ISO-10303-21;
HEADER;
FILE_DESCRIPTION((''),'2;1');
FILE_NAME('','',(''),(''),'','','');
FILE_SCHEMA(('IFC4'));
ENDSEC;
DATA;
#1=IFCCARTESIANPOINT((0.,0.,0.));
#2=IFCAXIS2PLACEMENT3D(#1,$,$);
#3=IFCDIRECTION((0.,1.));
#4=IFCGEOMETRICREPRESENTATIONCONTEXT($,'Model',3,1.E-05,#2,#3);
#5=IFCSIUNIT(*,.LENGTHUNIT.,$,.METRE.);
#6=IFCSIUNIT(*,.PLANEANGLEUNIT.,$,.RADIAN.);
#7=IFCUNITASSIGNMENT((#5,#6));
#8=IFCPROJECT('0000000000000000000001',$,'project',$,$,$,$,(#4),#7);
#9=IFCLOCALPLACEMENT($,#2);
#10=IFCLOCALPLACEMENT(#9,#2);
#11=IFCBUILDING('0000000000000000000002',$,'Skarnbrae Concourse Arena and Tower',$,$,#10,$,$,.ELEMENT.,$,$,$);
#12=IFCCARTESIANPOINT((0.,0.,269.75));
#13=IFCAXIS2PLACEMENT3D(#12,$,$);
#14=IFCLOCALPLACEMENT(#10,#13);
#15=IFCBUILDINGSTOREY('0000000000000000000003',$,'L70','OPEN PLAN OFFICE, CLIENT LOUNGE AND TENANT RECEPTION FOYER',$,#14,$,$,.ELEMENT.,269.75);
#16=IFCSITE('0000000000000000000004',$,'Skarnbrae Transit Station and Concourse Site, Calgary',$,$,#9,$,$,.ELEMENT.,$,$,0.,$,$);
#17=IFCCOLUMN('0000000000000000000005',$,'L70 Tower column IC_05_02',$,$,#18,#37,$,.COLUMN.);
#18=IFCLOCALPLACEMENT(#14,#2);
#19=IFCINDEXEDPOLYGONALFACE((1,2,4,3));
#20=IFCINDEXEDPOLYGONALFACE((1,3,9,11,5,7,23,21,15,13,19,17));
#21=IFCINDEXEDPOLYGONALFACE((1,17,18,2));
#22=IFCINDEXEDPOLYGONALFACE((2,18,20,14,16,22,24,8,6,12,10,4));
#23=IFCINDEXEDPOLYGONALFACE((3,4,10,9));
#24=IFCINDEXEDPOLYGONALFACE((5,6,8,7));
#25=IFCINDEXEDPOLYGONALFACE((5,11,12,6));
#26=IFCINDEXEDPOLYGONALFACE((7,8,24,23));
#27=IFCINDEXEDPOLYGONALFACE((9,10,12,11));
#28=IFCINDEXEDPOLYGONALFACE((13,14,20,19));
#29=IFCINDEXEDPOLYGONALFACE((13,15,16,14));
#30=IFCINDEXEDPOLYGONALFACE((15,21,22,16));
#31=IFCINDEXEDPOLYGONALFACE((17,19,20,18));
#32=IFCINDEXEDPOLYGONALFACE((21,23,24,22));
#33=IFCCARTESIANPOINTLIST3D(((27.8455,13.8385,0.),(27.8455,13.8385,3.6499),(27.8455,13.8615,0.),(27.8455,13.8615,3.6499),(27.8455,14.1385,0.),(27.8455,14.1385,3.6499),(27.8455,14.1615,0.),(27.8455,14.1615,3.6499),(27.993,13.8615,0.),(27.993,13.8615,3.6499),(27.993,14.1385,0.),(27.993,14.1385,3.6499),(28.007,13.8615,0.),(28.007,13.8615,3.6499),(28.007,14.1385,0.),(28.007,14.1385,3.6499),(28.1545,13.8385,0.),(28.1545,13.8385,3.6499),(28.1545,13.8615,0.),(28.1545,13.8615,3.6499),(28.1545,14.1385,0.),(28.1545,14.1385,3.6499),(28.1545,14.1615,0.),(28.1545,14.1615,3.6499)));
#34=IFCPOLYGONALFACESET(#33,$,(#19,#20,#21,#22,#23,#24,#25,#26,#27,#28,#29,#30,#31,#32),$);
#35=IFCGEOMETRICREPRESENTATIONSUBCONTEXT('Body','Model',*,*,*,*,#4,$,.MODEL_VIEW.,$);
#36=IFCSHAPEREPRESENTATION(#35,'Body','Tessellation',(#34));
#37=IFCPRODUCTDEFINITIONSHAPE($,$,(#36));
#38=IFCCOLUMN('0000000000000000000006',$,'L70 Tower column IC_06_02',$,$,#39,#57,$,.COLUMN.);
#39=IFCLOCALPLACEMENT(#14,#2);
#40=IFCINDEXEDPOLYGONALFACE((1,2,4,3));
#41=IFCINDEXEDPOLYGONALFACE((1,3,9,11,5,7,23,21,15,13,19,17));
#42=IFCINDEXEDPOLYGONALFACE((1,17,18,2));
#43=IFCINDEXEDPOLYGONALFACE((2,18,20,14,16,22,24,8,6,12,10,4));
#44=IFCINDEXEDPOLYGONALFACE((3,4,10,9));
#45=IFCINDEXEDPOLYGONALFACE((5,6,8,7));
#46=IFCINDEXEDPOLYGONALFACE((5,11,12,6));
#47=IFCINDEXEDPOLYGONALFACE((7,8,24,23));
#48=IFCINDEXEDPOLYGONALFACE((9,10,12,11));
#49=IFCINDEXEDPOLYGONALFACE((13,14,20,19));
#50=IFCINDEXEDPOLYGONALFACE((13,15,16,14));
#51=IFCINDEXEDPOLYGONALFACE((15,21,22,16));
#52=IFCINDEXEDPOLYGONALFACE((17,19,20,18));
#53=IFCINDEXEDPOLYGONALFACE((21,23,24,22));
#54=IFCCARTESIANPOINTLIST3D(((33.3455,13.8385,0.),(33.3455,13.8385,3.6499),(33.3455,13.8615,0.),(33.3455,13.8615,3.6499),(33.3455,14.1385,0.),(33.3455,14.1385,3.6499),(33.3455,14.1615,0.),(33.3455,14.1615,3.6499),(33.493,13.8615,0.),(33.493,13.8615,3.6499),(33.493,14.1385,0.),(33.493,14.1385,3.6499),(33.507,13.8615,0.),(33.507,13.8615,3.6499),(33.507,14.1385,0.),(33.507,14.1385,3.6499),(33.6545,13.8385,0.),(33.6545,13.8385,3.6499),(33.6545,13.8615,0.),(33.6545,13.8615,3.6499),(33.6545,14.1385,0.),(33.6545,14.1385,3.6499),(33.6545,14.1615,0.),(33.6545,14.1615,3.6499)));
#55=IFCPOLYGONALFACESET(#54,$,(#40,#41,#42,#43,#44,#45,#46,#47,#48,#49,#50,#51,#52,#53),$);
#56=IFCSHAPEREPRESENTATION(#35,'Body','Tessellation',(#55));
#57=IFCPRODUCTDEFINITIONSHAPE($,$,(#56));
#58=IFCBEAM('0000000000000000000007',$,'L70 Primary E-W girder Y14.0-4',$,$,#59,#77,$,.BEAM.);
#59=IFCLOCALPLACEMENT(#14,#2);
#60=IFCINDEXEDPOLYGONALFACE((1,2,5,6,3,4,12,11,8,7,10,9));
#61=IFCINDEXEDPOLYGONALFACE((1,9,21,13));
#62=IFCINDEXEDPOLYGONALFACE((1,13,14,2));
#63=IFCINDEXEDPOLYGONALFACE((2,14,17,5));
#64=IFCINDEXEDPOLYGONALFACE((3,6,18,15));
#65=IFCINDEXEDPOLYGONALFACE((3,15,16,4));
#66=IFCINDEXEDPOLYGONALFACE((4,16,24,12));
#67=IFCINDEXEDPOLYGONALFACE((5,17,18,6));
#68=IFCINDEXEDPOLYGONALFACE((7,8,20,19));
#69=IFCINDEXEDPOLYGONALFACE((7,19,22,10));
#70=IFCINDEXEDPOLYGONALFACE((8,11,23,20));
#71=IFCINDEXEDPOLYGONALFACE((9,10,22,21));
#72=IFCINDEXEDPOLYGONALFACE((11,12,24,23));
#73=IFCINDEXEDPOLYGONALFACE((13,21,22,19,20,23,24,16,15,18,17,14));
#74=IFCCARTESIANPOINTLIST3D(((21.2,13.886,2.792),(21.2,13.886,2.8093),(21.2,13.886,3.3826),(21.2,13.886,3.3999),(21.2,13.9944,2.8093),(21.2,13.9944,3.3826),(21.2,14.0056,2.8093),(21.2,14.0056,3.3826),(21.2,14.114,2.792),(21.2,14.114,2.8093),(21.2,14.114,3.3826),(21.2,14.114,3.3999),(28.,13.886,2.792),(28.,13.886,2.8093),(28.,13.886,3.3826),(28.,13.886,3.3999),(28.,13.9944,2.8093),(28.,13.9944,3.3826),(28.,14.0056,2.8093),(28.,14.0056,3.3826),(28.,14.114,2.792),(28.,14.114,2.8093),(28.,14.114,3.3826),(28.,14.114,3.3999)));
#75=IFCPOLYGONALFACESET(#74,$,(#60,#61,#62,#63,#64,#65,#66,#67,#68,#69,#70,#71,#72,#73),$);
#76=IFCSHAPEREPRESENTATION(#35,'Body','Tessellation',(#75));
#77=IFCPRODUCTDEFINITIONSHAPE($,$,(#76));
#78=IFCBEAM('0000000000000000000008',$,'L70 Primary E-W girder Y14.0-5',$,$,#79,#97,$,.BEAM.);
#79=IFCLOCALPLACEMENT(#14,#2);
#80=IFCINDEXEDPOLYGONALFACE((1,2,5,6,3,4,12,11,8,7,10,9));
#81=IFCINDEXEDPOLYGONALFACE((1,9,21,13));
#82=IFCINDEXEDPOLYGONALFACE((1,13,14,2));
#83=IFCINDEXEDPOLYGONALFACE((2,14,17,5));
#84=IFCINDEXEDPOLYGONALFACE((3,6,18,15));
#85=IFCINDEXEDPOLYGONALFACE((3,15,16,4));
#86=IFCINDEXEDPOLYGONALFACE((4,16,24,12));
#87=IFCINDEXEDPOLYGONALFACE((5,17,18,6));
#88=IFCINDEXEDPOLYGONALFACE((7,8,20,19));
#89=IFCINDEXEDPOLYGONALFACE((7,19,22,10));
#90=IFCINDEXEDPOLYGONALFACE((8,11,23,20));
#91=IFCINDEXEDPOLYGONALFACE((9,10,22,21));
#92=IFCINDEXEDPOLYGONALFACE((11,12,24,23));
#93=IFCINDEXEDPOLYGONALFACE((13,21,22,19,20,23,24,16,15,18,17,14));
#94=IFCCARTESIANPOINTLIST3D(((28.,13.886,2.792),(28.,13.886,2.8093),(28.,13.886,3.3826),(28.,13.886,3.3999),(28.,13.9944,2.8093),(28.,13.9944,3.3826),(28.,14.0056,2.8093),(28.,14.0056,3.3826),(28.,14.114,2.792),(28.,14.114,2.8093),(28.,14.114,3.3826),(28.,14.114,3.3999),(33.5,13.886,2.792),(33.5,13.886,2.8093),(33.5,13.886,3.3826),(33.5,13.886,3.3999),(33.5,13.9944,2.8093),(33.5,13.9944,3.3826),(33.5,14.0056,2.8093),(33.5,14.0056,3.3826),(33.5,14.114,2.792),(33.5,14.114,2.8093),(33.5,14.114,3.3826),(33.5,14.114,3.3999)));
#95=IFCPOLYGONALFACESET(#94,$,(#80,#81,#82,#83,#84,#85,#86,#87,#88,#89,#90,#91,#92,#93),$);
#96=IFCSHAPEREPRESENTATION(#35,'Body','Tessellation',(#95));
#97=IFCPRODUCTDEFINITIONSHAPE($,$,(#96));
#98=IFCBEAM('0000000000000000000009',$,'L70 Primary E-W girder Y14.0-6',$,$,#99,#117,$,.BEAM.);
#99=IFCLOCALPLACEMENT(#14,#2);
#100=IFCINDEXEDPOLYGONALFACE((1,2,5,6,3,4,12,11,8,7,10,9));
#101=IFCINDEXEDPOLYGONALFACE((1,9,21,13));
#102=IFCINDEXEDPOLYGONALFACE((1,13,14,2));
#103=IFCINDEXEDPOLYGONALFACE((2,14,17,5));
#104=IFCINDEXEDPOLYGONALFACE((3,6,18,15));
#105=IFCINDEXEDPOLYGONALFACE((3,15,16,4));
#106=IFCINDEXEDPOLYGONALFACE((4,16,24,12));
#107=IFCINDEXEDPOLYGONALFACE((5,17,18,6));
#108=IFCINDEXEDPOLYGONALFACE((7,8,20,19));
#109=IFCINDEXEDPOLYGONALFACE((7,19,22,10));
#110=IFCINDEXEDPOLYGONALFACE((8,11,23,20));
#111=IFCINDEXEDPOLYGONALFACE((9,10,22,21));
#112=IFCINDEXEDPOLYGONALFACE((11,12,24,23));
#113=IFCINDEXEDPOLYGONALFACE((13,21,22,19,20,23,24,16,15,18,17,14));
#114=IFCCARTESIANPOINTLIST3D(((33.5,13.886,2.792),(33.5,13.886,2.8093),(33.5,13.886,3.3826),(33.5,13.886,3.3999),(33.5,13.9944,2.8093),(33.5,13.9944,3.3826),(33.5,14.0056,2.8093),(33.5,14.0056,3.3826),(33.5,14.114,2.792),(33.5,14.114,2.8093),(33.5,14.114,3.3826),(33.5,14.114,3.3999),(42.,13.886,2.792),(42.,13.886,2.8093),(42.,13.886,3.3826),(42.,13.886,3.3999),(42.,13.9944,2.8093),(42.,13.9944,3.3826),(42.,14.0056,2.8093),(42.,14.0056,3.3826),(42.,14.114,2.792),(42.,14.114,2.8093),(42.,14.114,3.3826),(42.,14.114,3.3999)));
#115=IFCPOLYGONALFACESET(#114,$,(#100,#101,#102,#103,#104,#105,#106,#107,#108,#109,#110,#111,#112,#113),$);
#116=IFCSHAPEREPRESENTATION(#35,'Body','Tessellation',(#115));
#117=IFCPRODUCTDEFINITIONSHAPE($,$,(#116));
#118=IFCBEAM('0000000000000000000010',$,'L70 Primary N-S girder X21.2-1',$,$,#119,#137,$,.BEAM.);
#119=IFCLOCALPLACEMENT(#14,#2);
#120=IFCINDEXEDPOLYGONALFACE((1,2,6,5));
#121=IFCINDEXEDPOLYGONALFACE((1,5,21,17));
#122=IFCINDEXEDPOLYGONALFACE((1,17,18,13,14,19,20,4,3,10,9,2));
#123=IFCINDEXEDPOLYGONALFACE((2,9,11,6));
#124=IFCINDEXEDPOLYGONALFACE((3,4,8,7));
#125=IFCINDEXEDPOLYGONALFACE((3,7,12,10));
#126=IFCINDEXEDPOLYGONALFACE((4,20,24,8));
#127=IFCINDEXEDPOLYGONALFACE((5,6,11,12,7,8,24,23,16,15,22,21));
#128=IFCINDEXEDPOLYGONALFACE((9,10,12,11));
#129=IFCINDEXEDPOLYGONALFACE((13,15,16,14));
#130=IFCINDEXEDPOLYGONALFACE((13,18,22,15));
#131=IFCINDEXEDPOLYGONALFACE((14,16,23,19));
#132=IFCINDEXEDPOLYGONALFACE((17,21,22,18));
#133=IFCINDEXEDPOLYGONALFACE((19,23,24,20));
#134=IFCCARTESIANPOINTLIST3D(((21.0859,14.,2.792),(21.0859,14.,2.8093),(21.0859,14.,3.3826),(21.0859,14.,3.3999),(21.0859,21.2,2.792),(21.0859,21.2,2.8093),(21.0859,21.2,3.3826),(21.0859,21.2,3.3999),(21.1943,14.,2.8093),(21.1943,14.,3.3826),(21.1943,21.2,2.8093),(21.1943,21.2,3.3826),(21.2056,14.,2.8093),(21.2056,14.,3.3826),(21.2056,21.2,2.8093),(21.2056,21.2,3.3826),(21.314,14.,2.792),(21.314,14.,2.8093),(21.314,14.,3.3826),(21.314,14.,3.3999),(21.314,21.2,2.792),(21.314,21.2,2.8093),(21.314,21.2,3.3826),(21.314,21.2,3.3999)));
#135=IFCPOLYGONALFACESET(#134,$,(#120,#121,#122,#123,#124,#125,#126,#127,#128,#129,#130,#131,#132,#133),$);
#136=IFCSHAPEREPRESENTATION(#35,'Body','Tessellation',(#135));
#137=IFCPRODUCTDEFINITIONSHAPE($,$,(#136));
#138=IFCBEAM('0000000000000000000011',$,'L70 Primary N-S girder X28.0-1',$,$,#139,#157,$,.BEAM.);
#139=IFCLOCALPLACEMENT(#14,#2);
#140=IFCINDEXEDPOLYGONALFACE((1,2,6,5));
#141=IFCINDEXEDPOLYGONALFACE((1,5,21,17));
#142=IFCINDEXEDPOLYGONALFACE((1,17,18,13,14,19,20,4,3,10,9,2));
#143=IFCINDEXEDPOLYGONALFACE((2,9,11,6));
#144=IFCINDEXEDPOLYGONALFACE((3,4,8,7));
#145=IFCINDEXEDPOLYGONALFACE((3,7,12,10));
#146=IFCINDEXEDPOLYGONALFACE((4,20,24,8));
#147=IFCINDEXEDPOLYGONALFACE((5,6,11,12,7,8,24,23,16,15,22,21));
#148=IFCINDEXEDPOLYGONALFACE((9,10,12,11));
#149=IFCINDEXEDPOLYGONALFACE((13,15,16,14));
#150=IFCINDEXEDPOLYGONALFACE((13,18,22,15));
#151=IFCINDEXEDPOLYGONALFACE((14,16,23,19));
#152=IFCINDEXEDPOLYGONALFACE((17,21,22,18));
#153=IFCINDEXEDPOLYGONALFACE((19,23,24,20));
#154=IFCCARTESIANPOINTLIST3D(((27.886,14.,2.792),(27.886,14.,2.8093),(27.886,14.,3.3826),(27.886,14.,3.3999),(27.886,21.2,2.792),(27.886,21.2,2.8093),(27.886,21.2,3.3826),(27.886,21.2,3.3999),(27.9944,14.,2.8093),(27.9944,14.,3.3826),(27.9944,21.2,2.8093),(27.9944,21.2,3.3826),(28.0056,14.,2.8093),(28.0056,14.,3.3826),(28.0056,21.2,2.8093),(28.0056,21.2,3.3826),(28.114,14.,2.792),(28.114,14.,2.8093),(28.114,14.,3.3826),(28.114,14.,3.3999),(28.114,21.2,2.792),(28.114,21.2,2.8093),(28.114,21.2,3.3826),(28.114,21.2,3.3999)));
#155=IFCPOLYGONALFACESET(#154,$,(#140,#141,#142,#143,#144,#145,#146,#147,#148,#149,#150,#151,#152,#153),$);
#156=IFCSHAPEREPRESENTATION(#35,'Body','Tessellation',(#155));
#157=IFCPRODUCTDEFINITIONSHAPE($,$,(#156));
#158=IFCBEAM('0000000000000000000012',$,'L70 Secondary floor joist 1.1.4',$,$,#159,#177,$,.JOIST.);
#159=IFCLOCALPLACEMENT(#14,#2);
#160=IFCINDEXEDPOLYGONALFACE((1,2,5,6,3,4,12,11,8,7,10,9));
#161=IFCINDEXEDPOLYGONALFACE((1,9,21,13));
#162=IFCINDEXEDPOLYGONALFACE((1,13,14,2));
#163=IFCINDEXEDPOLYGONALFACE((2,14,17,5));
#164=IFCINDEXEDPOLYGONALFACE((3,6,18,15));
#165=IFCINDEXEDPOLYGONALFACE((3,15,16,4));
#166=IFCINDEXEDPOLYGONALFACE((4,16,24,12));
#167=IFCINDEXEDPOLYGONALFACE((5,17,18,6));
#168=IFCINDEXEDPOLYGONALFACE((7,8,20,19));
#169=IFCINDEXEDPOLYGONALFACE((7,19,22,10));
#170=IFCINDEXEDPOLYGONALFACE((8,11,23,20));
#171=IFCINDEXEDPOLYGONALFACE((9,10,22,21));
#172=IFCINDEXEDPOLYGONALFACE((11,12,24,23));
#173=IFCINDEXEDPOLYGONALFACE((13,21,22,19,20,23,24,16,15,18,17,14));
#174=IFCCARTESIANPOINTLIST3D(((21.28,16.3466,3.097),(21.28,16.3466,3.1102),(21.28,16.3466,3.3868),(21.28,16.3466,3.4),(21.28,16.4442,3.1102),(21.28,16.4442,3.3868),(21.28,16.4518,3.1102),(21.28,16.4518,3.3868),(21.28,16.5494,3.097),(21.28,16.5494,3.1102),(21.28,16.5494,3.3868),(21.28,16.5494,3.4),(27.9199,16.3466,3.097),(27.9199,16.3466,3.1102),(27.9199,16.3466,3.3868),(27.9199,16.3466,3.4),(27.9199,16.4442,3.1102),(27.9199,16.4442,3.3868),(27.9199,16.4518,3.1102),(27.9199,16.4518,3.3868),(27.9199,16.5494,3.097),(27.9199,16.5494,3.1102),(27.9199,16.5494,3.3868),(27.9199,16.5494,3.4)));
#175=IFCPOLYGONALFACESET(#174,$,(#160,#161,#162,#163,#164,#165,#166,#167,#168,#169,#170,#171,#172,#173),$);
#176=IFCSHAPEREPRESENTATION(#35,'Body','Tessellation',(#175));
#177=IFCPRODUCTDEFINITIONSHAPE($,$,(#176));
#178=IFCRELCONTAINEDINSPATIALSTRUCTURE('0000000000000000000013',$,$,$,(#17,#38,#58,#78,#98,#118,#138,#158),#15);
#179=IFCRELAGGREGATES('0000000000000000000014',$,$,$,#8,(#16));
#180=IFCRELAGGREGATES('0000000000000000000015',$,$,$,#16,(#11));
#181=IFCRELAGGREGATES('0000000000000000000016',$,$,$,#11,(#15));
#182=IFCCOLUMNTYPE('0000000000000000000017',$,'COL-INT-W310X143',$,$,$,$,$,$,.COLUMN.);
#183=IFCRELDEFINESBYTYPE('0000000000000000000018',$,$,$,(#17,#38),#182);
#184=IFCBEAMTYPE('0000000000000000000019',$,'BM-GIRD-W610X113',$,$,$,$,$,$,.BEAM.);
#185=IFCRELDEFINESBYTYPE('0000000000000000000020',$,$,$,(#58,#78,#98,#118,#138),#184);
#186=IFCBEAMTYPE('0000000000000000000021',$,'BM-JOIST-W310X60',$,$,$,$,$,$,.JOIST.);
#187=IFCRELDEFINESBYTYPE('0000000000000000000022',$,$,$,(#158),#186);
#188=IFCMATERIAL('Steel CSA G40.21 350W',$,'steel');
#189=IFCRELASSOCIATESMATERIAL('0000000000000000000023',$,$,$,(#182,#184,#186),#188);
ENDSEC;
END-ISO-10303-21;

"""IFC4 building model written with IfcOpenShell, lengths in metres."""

from ifc_helpers import new_model, si_unit, direction, frame, origin, origin_2d, place, context, subcontext, project, spatial, i_section, extrude, source, transform, mapped, material, material_profile, profile_set, type_object, element, save


model = new_model("IFC4")

# Units and contexts
model_context = context("Model", 3, precision=1e-05, world=origin(), true_north=direction((0.0, 1.0)))
body_context = subcontext(model_context, "Body", "Model", "MODEL_VIEW")
ifc_project = project(units=[si_unit("LENGTHUNIT", "METRE"), si_unit("PLANEANGLEUNIT", "RADIAN")], contexts=[model_context])

# Site, building, storey
site_placement = place(None, origin())
site = spatial("IfcSite", under=ifc_project, at=site_placement, Name="Skarnbrae Transit Station and Concourse Site, Calgary", CompositionType="ELEMENT", RefElevation=0.0)
building_placement = place(site_placement, origin())
building = spatial("IfcBuilding", under=site, at=building_placement, Name="Skarnbrae Concourse Arena and Tower", CompositionType="ELEMENT")
storey_placement = place(building_placement, frame((0.0, 0.0, 269.75)))
storey = spatial("IfcBuildingStorey", under=building, at=storey_placement, Name="L70", Description="OPEN PLAN OFFICE, CLIENT LOUNGE AND TENANT RECEPTION FOYER", CompositionType="ELEMENT", Elevation=269.75)

# Columns
ifc_material_1 = material(Name="Steel CSA G40.21 350W", Category="steel")
ifc_material_profile_1 = material_profile(ifc_material_1, i_section(OverallWidth=0.3091, OverallDepth=0.323, WebThickness=0.0139, FlangeThickness=0.0229, at=origin_2d()), Name="W310X143")
ifc_profile_set_1 = profile_set([ifc_material_profile_1], Name="Steel CSA G40.21 350W")
column_type = type_object("IfcColumnType", Name="COL-INT-W310X143", PredefinedType="COLUMN", material=ifc_profile_set_1)
shared_shape_1 = source(origin(), body_context, "Body", "SweptSolid", [
    extrude(i_section(OverallWidth=0.3091, OverallDepth=0.323, WebThickness=0.0139, FlangeThickness=0.0229, at=origin_2d()), origin(), (0.0, 0.0, 1.0), 3.6499),
])
for number, where, z_axis, x_axis, name in (
    (1, (28.0, 14.0, 0.0), (0.0, 0.0, 1.0), (1.0, 0.0, 0.0), "L70 Tower column IC_05_02"),
    (2, (33.5, 14.0, 0.0), (0.0, 0.0, 1.0), (1.0, 0.0, 0.0), "L70 Tower column IC_06_02"),
):
    element("IfcColumn", number, at=place(storey_placement, frame(where, z_axis=z_axis, x_axis=x_axis)), inside=storey, type_object=column_type, Name=name, PredefinedType="COLUMN", context=body_context, shape_type="MappedRepresentation", body=[
        mapped(shared_shape_1, transform((0.0, 0.0, 0.0))),
    ])

# Beams
ifc_material_profile_2 = material_profile(ifc_material_1, i_section(OverallWidth=0.228, OverallDepth=0.6079, WebThickness=0.0112, FlangeThickness=0.0173, at=origin_2d()), Name="W610X113")
ifc_profile_set_2 = profile_set([ifc_material_profile_2], Name="Steel CSA G40.21 350W")
beam_type_1 = type_object("IfcBeamType", Name="BM-GIRD-W610X113", PredefinedType="BEAM", material=ifc_profile_set_2)
shared_shape_2 = source(origin(), body_context, "Body", "SweptSolid", [
    extrude(i_section(OverallWidth=0.228, OverallDepth=0.6079, WebThickness=0.0112, FlangeThickness=0.0173, at=origin_2d()), origin(), (0.0, 0.0, 1.0), 6.8),
])
beam_1_placement = place(storey_placement, frame((21.2, 14.0, 3.0959), z_axis=(1.0, 0.0, 0.0), x_axis=(0.0, 1.0, 0.0)))
element("IfcBeam", 3, at=beam_1_placement, inside=storey, type_object=beam_type_1, Name="L70 Primary E-W girder Y14.0-4", PredefinedType="BEAM", context=body_context, shape_type="MappedRepresentation", body=[
    mapped(shared_shape_2, transform((0.0, 0.0, 0.0))),
])
shared_shape_3 = source(origin(), body_context, "Body", "SweptSolid", [
    extrude(i_section(OverallWidth=0.228, OverallDepth=0.6079, WebThickness=0.0112, FlangeThickness=0.0173, at=origin_2d()), origin(), (0.0, 0.0, 1.0), 5.5),
])
beam_2_placement = place(storey_placement, frame((28.0, 14.0, 3.0959), z_axis=(1.0, 0.0, 0.0), x_axis=(0.0, 1.0, 0.0)))
element("IfcBeam", 4, at=beam_2_placement, inside=storey, type_object=beam_type_1, Name="L70 Primary E-W girder Y14.0-5", PredefinedType="BEAM", context=body_context, shape_type="MappedRepresentation", body=[
    mapped(shared_shape_3, transform((0.0, 0.0, 0.0))),
])
shared_shape_4 = source(origin(), body_context, "Body", "SweptSolid", [
    extrude(i_section(OverallWidth=0.228, OverallDepth=0.6079, WebThickness=0.0112, FlangeThickness=0.0173, at=origin_2d()), origin(), (0.0, 0.0, 1.0), 8.5),
])
beam_3_placement = place(storey_placement, frame((33.5, 14.0, 3.0959), z_axis=(1.0, 0.0, 0.0), x_axis=(0.0, 1.0, 0.0)))
element("IfcBeam", 5, at=beam_3_placement, inside=storey, type_object=beam_type_1, Name="L70 Primary E-W girder Y14.0-6", PredefinedType="BEAM", context=body_context, shape_type="MappedRepresentation", body=[
    mapped(shared_shape_4, transform((0.0, 0.0, 0.0))),
])
shared_shape_5 = source(origin(), body_context, "Body", "SweptSolid", [
    extrude(i_section(OverallWidth=0.228, OverallDepth=0.6079, WebThickness=0.0112, FlangeThickness=0.0173, at=origin_2d()), origin(), (0.0, 0.0, 1.0), 7.2),
])
for number, where, z_axis, x_axis, name in (
    (6, (21.2, 14.0, 3.0959), (0.0, 1.0, 0.0), (-1.0, 0.0, 0.0), "L70 Primary N-S girder X21.2-1"),
    (7, (28.0, 14.0, 3.0959), (0.0, 1.0, 0.0), (-1.0, 0.0, 0.0), "L70 Primary N-S girder X28.0-1"),
):
    element("IfcBeam", number, at=place(storey_placement, frame(where, z_axis=z_axis, x_axis=x_axis)), inside=storey, type_object=beam_type_1, Name=name, PredefinedType="BEAM", context=body_context, shape_type="MappedRepresentation", body=[
        mapped(shared_shape_5, transform((0.0, 0.0, 0.0))),
    ])
ifc_material_profile_3 = material_profile(ifc_material_1, i_section(OverallWidth=0.2029, OverallDepth=0.303, WebThickness=0.0076, FlangeThickness=0.0132, at=origin_2d()), Name="W310X60")
ifc_profile_set_3 = profile_set([ifc_material_profile_3], Name="Steel CSA G40.21 350W")
beam_type_2 = type_object("IfcBeamType", Name="BM-JOIST-W310X60", PredefinedType="JOIST", material=ifc_profile_set_3)
shared_shape_6 = source(origin(), body_context, "Body", "SweptSolid", [
    extrude(i_section(OverallWidth=0.2029, OverallDepth=0.303, WebThickness=0.0076, FlangeThickness=0.0132, at=origin_2d()), origin(), (0.0, 0.0, 1.0), 6.6399),
])
beam_4_placement = place(storey_placement, frame((21.28, 16.448, 3.2485), z_axis=(1.0, 0.0, 0.0), x_axis=(0.0, 1.0, 0.0)))
element("IfcBeam", 8, at=beam_4_placement, inside=storey, type_object=beam_type_2, Name="L70 Secondary floor joist 1.1.4", PredefinedType="JOIST", context=body_context, shape_type="MappedRepresentation", body=[
    mapped(shared_shape_6, transform((0.0, 0.0, 0.0))),
])

save(model, "model.ifc")
